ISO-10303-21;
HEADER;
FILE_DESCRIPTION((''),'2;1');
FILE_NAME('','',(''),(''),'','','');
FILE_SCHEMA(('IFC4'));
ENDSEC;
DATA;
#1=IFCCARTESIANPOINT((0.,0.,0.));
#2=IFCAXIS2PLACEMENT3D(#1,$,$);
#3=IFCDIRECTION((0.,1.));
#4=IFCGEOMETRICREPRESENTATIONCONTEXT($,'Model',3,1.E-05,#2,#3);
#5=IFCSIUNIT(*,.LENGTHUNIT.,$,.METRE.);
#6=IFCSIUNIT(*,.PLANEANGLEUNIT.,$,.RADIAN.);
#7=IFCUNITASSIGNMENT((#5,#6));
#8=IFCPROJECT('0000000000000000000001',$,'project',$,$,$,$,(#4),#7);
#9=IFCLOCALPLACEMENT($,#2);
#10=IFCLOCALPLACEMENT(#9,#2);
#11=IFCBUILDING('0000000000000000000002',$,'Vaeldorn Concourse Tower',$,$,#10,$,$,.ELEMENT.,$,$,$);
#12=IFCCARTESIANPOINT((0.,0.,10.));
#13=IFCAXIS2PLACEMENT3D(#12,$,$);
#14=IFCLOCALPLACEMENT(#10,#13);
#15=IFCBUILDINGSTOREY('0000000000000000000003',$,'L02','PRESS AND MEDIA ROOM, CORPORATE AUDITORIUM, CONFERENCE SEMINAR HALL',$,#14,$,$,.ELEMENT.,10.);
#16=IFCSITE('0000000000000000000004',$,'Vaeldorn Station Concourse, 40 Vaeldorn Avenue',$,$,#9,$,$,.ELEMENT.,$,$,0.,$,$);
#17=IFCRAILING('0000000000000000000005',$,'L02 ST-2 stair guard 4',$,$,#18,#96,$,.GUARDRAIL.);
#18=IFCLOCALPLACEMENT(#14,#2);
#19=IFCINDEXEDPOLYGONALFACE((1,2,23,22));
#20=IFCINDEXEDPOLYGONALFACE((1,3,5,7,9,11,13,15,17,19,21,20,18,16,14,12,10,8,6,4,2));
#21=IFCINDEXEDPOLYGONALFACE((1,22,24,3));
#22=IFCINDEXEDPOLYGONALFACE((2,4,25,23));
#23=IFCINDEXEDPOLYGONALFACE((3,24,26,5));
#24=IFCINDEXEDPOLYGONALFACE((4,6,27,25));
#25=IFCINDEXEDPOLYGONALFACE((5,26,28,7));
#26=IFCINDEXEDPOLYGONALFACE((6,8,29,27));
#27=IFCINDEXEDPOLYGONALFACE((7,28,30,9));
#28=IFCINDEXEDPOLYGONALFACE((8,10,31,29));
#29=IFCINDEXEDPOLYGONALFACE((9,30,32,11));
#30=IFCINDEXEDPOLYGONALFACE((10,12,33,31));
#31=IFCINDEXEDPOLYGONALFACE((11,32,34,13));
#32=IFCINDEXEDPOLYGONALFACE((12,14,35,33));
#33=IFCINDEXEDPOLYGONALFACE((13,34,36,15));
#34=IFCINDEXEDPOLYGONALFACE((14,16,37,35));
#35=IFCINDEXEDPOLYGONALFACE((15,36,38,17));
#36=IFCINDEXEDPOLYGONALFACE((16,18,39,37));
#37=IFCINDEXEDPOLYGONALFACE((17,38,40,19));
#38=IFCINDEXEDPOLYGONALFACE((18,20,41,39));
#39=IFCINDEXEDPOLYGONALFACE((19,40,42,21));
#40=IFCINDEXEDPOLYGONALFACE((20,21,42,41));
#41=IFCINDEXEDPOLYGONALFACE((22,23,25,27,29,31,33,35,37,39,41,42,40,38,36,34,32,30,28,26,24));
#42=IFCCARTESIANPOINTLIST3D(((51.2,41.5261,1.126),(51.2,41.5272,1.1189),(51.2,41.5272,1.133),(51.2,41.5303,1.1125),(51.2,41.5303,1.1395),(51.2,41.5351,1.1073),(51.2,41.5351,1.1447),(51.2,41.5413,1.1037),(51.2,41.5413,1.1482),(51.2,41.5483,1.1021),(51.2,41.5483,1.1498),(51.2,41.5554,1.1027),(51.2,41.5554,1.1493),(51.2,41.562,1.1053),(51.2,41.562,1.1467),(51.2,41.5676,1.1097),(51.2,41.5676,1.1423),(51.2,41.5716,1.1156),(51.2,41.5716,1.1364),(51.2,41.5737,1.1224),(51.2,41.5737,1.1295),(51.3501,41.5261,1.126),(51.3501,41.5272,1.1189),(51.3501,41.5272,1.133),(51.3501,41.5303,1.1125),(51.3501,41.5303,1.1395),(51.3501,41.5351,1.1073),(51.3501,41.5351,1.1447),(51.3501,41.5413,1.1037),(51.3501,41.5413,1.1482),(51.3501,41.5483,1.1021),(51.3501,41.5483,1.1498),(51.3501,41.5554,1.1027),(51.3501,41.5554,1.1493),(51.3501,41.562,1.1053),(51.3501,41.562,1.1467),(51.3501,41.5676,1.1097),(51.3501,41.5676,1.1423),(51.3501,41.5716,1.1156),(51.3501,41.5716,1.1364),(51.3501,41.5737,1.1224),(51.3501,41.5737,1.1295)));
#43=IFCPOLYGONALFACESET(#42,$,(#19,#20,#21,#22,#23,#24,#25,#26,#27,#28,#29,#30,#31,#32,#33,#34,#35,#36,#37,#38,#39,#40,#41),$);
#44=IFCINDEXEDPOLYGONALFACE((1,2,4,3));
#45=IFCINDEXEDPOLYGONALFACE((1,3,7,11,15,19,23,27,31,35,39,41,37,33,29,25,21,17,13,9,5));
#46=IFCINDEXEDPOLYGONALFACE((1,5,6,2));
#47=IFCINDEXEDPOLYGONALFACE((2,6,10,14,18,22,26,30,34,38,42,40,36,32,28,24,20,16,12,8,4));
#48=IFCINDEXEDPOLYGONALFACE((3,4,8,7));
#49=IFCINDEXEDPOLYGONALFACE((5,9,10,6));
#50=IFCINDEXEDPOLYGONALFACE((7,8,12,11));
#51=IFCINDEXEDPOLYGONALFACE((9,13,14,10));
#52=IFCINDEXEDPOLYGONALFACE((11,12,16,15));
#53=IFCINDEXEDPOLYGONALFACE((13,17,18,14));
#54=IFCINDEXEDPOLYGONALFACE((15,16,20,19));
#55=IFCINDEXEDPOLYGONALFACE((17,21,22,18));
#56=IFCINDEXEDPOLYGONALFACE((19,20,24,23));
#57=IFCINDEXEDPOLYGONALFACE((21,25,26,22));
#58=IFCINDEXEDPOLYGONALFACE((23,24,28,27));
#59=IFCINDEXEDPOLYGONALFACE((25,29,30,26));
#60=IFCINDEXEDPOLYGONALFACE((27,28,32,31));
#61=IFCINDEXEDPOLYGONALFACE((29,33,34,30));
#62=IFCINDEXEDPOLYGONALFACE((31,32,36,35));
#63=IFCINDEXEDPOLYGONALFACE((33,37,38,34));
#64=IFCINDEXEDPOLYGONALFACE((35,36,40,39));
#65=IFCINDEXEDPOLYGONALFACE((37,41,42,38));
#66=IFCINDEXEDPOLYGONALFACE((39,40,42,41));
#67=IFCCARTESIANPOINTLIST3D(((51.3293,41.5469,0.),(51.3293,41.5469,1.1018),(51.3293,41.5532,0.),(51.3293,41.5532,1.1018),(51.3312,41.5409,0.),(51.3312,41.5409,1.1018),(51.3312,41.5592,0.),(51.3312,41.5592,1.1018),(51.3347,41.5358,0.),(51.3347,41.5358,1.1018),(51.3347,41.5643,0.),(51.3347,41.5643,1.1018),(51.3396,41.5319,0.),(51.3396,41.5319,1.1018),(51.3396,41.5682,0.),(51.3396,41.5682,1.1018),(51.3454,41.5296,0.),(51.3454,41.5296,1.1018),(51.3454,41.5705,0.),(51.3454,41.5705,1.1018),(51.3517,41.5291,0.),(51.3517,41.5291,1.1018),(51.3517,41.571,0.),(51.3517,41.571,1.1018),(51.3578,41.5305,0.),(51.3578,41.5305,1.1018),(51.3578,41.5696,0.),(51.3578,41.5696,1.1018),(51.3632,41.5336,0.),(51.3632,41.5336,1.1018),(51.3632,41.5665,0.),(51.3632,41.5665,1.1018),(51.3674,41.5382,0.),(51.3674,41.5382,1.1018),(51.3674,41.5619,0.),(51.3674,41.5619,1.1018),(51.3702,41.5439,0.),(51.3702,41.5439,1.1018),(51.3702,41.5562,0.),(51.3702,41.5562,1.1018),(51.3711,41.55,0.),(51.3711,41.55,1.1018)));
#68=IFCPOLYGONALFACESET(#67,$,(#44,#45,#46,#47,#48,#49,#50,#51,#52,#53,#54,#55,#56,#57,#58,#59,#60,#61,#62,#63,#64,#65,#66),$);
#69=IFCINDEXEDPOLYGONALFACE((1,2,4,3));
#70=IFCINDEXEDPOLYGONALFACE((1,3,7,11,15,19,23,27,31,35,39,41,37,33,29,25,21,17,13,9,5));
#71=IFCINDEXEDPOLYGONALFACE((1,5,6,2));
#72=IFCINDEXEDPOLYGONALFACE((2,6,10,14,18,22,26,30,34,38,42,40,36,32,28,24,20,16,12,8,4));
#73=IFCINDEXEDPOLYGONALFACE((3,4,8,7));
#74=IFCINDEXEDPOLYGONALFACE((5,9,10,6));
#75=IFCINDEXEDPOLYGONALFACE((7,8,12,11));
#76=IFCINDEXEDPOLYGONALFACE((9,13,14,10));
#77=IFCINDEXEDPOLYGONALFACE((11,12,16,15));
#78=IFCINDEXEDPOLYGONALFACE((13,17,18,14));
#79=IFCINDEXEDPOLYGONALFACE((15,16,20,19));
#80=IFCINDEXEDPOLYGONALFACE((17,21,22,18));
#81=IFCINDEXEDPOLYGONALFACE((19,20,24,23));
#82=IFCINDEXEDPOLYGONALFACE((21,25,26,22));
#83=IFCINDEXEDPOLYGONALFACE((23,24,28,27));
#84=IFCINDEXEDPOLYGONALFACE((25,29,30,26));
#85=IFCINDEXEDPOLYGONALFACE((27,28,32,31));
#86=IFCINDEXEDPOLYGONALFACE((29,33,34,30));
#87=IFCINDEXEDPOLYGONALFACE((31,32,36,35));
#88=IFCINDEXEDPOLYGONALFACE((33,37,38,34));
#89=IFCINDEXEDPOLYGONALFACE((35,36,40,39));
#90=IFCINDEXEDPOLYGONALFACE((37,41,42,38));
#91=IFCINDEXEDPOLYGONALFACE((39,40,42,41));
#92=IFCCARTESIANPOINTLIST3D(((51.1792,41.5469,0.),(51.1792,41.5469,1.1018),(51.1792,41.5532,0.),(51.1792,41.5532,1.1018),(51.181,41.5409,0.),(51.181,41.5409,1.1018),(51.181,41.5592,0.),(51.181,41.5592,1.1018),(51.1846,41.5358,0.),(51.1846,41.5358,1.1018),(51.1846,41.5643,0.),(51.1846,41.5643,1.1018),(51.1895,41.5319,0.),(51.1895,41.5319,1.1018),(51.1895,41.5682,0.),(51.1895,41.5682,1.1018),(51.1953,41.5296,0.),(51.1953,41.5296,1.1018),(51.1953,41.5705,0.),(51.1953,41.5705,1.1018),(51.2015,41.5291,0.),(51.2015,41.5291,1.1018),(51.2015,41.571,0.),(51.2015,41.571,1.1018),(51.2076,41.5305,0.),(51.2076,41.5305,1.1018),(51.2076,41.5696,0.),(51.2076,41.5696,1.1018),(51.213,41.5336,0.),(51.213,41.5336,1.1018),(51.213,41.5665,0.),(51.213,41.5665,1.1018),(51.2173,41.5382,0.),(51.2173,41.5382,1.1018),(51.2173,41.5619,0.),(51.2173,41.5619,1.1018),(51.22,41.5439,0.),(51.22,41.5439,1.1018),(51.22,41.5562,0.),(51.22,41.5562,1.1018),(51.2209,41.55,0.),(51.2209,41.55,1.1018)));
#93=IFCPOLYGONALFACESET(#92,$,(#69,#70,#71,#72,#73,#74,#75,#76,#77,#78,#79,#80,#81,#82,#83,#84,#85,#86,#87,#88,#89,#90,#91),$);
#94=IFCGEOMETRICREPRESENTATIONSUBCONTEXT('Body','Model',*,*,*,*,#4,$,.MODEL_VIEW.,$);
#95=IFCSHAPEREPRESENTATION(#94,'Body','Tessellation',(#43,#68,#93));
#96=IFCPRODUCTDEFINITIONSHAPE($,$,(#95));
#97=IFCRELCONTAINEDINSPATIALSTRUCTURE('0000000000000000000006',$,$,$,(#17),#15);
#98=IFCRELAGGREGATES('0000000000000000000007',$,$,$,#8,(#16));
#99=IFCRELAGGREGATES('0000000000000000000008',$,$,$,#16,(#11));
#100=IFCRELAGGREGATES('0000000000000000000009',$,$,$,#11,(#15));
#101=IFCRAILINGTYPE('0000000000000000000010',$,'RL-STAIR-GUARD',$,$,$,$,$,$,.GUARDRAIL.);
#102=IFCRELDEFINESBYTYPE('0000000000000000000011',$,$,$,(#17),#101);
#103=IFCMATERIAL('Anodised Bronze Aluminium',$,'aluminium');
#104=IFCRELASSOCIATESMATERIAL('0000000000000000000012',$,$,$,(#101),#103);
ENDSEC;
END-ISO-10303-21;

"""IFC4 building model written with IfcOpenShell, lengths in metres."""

from ifc_helpers import new_model, si_unit, direction, frame, origin, origin_2d, place, context, subcontext, project, spatial, circle, extrude, material, type_object, element, save


model = new_model("IFC4")

# Units and contexts
model_context = context("Model", 3, precision=1e-05, world=origin(), true_north=direction((0.0, 1.0)))
body_context = subcontext(model_context, "Body", "Model", "MODEL_VIEW")
ifc_project = project(units=[si_unit("LENGTHUNIT", "METRE"), si_unit("PLANEANGLEUNIT", "RADIAN")], contexts=[model_context])

# Site, building, storey
site_placement = place(None, origin())
site = spatial("IfcSite", under=ifc_project, at=site_placement, Name="Vaeldorn Station Concourse, 40 Vaeldorn Avenue", CompositionType="ELEMENT", RefElevation=0.0)
building_placement = place(site_placement, origin())
building = spatial("IfcBuilding", under=site, at=building_placement, Name="Vaeldorn Concourse Tower", CompositionType="ELEMENT")
storey_placement = place(building_placement, frame((0.0, 0.0, 10.0)))
storey = spatial("IfcBuildingStorey", under=building, at=storey_placement, Name="L02", Description="PRESS AND MEDIA ROOM, CORPORATE AUDITORIUM, CONFERENCE SEMINAR HALL", CompositionType="ELEMENT", Elevation=10.0)

# Shared definitions
ifc_material_1 = material(Name="Anodised Bronze Aluminium", Category="aluminium")

# Railing
railing_type_1 = type_object("IfcRailingType", Name="RL-STAIR-GUARD", PredefinedType="GUARDRAIL", material=ifc_material_1)
railing_1_placement = place(storey_placement, frame((51.3501, 41.55, 0.0)))
element("IfcRailing", 1, at=railing_1_placement, inside=storey, type_object=railing_type_1, Name="L02 ST-2 stair guard 4", PredefinedType="GUARDRAIL", context=body_context, shape_type="SweptSolid", body=[
    extrude(circle(Radius=0.0239, at=origin_2d()), frame((0.0, 0.0, 1.126), z_axis=(-1.0, 0.0, 0.0), x_axis=(0.0, -1.0, 0.0)), (0.0, 0.0, 1.0), 0.1501),
    extrude(circle(Radius=0.021, at=origin_2d()), origin(), (0.0, 0.0, 1.0), 1.1018),
    extrude(circle(Radius=0.021, at=origin_2d()), frame((-0.1501, 0.0, 0.0)), (0.0, 0.0, 1.0), 1.1018),
])

save(model, "model.ifc")
